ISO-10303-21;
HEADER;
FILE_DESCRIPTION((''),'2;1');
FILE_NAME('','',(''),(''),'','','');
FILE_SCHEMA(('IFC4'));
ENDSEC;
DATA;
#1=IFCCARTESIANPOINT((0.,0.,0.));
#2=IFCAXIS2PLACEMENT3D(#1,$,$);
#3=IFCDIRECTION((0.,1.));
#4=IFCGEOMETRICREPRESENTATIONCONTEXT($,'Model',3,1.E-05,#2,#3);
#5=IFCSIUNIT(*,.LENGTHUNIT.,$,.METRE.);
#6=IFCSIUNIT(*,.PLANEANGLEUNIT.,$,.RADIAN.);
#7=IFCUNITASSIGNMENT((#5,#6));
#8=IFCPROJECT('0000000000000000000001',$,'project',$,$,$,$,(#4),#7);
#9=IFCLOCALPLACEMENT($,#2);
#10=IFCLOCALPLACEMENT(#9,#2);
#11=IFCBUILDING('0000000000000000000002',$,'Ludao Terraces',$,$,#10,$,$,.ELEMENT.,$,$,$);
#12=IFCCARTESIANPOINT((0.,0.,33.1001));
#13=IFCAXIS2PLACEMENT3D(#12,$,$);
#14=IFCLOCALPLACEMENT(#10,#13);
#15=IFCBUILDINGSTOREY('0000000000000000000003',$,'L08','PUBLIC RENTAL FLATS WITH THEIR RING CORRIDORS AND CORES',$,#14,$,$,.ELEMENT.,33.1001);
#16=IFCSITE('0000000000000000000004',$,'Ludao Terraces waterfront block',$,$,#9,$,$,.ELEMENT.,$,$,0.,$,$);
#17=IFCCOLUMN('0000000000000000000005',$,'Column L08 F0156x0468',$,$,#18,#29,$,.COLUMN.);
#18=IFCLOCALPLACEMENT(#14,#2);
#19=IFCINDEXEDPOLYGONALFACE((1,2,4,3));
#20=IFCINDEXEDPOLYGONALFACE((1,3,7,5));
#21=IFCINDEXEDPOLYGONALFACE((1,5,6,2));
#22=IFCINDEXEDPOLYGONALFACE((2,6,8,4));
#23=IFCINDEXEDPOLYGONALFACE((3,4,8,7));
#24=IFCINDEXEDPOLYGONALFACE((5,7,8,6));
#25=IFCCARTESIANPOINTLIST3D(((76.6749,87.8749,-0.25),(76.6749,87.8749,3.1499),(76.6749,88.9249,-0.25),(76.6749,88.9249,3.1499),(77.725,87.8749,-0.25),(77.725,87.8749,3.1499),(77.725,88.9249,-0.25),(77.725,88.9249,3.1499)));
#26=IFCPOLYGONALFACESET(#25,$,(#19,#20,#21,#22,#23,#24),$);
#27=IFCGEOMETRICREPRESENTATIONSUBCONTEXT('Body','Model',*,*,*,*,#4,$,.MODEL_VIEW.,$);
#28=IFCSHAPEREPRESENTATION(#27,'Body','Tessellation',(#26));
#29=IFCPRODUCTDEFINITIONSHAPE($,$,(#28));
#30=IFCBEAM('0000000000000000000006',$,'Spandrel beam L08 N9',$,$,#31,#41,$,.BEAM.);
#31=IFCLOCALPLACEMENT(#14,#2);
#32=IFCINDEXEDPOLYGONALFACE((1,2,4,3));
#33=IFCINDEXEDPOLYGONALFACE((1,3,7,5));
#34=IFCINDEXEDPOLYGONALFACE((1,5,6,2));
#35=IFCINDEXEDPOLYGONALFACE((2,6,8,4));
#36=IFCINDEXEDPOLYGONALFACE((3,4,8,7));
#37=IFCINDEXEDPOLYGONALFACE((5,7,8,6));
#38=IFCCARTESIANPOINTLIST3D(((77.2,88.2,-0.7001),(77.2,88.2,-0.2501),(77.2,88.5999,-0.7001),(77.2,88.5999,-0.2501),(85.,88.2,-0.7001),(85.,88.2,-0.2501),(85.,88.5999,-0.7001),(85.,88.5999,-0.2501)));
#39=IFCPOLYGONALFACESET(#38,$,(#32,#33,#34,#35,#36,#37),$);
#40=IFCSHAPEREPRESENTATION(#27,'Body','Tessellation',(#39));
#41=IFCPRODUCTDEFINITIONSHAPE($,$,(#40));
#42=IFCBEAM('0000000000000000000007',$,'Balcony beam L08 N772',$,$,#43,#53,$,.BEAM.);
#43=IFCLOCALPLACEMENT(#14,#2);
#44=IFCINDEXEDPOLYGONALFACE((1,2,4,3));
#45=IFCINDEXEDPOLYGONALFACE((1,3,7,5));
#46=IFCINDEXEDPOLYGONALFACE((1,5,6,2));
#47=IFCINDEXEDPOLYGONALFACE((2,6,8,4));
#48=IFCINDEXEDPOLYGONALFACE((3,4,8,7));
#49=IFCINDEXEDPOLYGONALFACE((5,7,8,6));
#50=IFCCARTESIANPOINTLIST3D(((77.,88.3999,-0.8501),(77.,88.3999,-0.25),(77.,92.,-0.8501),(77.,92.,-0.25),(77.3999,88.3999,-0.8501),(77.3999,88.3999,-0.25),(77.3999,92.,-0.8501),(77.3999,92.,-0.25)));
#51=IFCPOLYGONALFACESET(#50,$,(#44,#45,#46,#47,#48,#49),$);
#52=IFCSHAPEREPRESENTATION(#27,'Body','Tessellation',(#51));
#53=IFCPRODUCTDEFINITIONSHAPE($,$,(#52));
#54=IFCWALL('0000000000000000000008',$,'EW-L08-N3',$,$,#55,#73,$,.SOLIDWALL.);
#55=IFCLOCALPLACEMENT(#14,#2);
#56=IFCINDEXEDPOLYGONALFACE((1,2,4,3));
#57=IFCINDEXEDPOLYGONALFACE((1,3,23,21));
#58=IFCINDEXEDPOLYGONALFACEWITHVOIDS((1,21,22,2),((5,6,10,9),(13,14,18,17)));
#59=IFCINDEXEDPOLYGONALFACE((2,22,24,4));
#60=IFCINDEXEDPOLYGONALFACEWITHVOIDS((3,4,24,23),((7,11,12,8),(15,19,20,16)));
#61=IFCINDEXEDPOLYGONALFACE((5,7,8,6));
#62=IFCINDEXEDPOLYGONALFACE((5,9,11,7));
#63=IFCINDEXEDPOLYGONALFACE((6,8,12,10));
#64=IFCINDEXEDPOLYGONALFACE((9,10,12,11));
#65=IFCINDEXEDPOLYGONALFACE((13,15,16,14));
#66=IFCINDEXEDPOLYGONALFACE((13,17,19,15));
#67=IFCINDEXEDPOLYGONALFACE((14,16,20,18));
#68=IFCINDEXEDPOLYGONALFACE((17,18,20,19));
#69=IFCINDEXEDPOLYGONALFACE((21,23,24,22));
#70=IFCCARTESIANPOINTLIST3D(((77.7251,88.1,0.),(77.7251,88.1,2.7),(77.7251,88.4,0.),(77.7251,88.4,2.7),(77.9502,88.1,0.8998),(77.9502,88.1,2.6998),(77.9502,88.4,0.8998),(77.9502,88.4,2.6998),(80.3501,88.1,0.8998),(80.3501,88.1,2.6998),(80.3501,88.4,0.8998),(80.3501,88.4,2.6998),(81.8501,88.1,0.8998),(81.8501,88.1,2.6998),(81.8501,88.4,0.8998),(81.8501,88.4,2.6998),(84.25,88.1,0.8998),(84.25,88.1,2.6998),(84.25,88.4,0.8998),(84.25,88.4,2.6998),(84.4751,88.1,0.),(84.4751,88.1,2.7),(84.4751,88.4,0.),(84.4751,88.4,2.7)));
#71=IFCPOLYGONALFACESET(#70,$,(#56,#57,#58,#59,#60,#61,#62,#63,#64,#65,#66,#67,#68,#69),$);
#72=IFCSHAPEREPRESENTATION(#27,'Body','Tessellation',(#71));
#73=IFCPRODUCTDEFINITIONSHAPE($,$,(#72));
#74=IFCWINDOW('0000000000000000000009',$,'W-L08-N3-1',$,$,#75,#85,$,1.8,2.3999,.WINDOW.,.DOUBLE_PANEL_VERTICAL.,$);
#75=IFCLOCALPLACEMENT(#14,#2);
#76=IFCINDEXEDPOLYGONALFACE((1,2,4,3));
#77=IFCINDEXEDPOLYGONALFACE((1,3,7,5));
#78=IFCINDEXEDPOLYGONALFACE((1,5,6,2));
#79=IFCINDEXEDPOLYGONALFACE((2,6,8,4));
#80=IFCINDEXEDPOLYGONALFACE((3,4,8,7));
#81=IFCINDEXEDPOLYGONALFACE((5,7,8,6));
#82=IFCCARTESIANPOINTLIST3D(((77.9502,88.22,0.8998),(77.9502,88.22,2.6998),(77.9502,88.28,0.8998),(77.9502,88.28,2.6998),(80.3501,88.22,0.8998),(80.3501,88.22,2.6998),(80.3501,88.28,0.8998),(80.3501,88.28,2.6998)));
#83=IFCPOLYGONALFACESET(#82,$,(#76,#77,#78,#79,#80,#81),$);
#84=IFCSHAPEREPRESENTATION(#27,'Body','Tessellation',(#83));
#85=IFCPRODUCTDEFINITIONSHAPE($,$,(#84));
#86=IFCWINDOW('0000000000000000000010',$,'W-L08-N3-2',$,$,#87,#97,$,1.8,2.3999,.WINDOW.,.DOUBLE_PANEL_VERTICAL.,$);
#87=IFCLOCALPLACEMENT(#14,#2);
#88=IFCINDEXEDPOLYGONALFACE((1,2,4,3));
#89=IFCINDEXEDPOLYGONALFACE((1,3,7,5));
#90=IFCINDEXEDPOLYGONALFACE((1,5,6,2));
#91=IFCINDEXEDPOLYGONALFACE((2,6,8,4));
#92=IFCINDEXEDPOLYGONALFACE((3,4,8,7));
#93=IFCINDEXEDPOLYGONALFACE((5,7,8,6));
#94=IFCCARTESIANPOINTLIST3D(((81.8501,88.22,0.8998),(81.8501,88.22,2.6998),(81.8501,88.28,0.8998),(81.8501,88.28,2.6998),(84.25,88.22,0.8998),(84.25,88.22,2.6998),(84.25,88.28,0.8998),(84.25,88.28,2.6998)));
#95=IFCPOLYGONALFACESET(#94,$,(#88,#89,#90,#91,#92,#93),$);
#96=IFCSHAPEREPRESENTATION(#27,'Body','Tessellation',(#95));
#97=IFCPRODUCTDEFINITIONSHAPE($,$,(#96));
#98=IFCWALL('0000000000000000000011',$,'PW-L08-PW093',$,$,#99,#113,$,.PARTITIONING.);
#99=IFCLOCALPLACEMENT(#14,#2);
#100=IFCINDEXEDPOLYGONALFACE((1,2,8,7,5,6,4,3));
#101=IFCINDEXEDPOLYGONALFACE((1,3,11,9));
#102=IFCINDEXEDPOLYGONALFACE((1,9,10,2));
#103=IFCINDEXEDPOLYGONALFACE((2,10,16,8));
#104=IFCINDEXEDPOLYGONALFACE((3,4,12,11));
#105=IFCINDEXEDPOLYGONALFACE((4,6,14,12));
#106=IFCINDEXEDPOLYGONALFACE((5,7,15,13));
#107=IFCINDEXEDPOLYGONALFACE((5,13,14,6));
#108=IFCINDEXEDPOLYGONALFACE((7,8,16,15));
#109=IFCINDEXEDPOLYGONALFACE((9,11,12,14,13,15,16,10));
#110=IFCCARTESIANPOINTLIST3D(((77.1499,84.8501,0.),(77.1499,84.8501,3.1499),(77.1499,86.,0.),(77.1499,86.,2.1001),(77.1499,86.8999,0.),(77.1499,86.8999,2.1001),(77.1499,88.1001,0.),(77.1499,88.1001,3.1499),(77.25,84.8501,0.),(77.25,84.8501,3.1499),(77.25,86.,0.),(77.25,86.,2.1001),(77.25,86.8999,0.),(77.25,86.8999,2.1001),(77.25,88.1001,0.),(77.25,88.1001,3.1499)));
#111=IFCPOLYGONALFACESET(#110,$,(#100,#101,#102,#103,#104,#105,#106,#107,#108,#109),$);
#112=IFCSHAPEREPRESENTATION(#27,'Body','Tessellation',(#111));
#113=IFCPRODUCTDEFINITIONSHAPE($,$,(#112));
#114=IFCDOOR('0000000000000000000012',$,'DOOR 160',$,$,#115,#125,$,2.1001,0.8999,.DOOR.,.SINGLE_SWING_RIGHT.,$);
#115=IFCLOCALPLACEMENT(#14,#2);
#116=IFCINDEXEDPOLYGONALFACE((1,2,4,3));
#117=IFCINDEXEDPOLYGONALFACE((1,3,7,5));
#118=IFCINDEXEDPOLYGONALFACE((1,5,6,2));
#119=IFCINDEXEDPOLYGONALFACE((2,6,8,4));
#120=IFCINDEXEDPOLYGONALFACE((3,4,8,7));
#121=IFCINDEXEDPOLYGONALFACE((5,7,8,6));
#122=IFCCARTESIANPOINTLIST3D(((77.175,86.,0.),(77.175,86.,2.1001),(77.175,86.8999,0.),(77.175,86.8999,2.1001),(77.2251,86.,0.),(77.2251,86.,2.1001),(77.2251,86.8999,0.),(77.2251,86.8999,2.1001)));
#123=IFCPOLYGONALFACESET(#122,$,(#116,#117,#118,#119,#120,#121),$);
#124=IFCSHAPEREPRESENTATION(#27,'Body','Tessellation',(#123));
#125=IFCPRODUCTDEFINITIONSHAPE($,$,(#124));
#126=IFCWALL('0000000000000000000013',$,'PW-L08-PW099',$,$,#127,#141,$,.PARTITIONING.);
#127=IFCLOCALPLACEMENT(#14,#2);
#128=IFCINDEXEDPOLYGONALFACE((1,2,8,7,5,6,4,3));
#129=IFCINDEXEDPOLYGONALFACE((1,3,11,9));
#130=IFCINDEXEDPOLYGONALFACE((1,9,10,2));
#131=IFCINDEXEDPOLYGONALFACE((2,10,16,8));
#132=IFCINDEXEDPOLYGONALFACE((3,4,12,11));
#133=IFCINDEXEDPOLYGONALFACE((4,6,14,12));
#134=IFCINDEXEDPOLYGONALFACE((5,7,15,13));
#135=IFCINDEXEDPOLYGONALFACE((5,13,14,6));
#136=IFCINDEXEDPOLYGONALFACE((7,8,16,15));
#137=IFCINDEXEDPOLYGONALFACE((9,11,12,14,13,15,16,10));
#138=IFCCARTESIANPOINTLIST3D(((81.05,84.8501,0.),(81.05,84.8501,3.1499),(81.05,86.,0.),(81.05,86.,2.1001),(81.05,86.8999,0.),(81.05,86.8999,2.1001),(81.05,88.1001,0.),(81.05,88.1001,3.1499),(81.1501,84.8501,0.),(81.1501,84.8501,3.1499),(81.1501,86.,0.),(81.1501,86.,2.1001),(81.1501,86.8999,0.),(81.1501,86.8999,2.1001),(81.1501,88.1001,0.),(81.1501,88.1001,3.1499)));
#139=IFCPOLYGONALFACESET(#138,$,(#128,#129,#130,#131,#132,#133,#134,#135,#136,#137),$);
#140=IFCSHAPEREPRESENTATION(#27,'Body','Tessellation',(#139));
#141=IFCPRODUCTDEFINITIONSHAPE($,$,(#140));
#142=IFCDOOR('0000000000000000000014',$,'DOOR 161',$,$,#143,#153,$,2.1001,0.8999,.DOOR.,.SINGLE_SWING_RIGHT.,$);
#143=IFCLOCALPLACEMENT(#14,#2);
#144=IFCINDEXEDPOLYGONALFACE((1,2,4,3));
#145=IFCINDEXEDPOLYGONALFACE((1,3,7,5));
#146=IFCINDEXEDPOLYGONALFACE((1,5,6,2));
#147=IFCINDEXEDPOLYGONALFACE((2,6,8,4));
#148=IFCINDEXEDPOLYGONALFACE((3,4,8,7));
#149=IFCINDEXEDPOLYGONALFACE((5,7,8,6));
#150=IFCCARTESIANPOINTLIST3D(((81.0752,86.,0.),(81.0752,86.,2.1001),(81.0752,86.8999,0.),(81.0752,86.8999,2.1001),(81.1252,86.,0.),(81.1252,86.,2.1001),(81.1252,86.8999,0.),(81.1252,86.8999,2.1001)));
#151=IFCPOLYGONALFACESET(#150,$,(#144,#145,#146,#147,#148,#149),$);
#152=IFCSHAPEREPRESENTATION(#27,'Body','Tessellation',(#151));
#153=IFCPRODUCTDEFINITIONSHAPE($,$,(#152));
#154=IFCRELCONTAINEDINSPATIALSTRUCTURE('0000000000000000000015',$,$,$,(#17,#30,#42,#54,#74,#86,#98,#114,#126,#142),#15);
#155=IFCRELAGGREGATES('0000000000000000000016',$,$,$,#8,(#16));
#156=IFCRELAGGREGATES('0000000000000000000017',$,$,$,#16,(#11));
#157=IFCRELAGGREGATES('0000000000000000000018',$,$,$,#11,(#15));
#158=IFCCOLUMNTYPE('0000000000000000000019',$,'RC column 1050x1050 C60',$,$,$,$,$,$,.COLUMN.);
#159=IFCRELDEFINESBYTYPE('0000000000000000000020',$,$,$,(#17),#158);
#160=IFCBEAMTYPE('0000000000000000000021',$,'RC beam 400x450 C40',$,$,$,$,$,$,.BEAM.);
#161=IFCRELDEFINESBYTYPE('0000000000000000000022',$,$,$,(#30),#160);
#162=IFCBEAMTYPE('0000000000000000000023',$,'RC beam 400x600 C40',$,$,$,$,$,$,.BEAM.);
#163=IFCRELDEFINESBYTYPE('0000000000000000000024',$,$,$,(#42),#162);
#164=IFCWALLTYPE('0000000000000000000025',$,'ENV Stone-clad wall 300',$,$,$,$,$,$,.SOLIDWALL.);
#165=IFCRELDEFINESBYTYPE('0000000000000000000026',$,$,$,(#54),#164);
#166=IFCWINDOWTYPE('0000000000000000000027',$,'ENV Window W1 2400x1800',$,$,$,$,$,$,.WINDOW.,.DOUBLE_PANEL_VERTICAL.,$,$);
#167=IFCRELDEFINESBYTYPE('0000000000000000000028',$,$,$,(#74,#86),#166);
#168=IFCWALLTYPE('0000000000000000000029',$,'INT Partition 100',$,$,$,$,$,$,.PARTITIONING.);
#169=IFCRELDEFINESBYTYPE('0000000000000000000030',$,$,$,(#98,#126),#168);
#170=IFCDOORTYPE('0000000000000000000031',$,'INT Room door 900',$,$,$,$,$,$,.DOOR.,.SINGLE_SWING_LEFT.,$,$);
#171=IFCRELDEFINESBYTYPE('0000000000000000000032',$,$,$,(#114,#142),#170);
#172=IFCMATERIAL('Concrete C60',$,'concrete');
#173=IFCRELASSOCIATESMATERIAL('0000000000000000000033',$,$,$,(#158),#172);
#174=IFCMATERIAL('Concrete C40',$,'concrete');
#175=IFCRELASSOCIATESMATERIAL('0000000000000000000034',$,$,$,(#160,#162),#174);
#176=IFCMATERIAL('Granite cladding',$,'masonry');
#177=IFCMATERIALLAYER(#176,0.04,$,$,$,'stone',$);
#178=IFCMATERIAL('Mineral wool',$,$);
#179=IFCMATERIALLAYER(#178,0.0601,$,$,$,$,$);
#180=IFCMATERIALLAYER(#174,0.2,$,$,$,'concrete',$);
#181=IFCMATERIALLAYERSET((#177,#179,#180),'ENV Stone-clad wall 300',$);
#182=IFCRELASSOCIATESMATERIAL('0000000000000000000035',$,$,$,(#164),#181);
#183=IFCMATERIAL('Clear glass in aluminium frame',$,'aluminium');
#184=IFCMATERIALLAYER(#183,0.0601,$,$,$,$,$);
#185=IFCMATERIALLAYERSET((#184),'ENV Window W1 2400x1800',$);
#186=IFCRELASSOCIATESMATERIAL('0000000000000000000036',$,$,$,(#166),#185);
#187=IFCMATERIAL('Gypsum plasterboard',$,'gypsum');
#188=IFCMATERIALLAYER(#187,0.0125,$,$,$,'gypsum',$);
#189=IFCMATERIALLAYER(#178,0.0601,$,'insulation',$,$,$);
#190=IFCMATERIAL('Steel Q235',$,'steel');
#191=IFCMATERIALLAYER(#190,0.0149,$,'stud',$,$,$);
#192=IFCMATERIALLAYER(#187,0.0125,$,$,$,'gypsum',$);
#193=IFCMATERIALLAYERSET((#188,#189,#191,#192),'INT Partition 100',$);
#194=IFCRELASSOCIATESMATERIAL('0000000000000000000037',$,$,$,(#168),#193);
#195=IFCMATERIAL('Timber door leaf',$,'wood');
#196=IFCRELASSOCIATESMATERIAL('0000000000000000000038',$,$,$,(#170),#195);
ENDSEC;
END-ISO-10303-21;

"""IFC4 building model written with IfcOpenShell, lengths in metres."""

from ifc_helpers import new_model, si_unit, direction, frame, frame_2d, origin, origin_2d, place, context, subcontext, project, spatial, rectangle, extrude, material, layer, layer_set, material_profile, profile_set, type_object, element, fill, save


model = new_model("IFC4")

# Units and contexts
model_context = context("Model", 3, precision=1e-05, world=origin(), true_north=direction((0.0, 1.0)))
body_context = subcontext(model_context, "Body", "Model", "MODEL_VIEW")
ifc_project = project(units=[si_unit("LENGTHUNIT", "METRE"), si_unit("PLANEANGLEUNIT", "RADIAN")], contexts=[model_context])

# Site, building, storey
site_placement = place(None, origin())
site = spatial("IfcSite", under=ifc_project, at=site_placement, Name="Ludao Terraces waterfront block", CompositionType="ELEMENT", RefElevation=0.0)
building_placement = place(site_placement, origin())
building = spatial("IfcBuilding", under=site, at=building_placement, Name="Ludao Terraces", CompositionType="ELEMENT")
storey_placement = place(building_placement, frame((0.0, 0.0, 33.1001)))
storey = spatial("IfcBuildingStorey", under=building, at=storey_placement, Name="L08", Description="PUBLIC RENTAL FLATS WITH THEIR RING CORRIDORS AND CORES", CompositionType="ELEMENT", Elevation=33.1001)

# Column
ifc_material_1 = material(Name="Concrete C60", Category="concrete")
ifc_material_profile_1 = material_profile(ifc_material_1, rectangle(XDim=1.05, YDim=1.05, at=origin_2d()), Name="1050 X 1050")
ifc_profile_set_1 = profile_set([ifc_material_profile_1], Name="Concrete C60")
column_type = type_object("IfcColumnType", Name="RC column 1050x1050 C60", PredefinedType="COLUMN", material=ifc_profile_set_1)
column_placement = place(storey_placement, frame((77.2, 88.3999, -0.25), z_axis=(0.0, 0.0, 1.0), x_axis=(1.0, 0.0, 0.0)))
element("IfcColumn", 1, at=column_placement, inside=storey, type_object=column_type, Name="Column L08 F0156x0468", PredefinedType="COLUMN", context=body_context, shape_type="SweptSolid", body=[
    extrude(rectangle(XDim=1.05, YDim=1.05, at=origin_2d()), origin(), (0.0, 0.0, 1.0), 3.3999),
])

# Beams
ifc_material_2 = material(Name="Concrete C40", Category="concrete")
ifc_material_profile_2 = material_profile(ifc_material_2, rectangle(XDim=0.3999, YDim=0.45, at=origin_2d()), Name="400 X 450")
ifc_profile_set_2 = profile_set([ifc_material_profile_2], Name="Concrete C40")
beam_type_1 = type_object("IfcBeamType", Name="RC beam 400x450 C40", PredefinedType="BEAM", material=ifc_profile_set_2)
beam_1_placement = place(storey_placement, frame((77.2, 88.3999, -0.4751), z_axis=(1.0, 0.0, 0.0), x_axis=(0.0, 1.0, 0.0)))
element("IfcBeam", 2, at=beam_1_placement, inside=storey, type_object=beam_type_1, Name="Spandrel beam L08 N9", PredefinedType="BEAM", context=body_context, shape_type="SweptSolid", body=[
    extrude(rectangle(XDim=0.3999, YDim=0.45, at=origin_2d()), origin(), (0.0, 0.0, 1.0), 7.8),
])
ifc_material_profile_3 = material_profile(ifc_material_2, rectangle(XDim=0.3999, YDim=0.6001, at=origin_2d()), Name="400 X 600")
ifc_profile_set_3 = profile_set([ifc_material_profile_3], Name="Concrete C40")
beam_type_2 = type_object("IfcBeamType", Name="RC beam 400x600 C40", PredefinedType="BEAM", material=ifc_profile_set_3)
beam_2_placement = place(storey_placement, frame((77.2, 88.3999, -0.55), z_axis=(0.0, 1.0, 0.0), x_axis=(-1.0, 0.0, 0.0)))
element("IfcBeam", 3, at=beam_2_placement, inside=storey, type_object=beam_type_2, Name="Balcony beam L08 N772", PredefinedType="BEAM", context=body_context, shape_type="SweptSolid", body=[
    extrude(rectangle(XDim=0.3999, YDim=0.6001, at=origin_2d()), origin(), (0.0, 0.0, 1.0), 3.6001),
])

# Wall, openings, windows
ifc_material_3 = material(Name="Granite cladding", Category="masonry")
ifc_layer_1 = layer(ifc_material_3, 0.04, Category="stone")
ifc_material_4 = material(Name="Mineral wool")
ifc_layer_2 = layer(ifc_material_4, 0.0601)
ifc_layer_3 = layer(ifc_material_2, 0.2, Category="concrete")
ifc_layer_set_1 = layer_set([ifc_layer_1, ifc_layer_2, ifc_layer_3], Name="ENV Stone-clad wall 300")
wall_type_1 = type_object("IfcWallType", Name="ENV Stone-clad wall 300", PredefinedType="SOLIDWALL", material=ifc_layer_set_1)
wall_1_placement = place(storey_placement, frame((77.7251, 88.25, 0.0), z_axis=(0.0, 0.0, 1.0), x_axis=(1.0, 0.0, 0.0)))
wall_1 = element("IfcWall", 4, at=wall_1_placement, inside=storey, type_object=wall_type_1, Name="EW-L08-N3", PredefinedType="SOLIDWALL", context=body_context, shape_type="SweptSolid", body=[
    extrude(rectangle(XDim=6.75, YDim=0.3, at=frame_2d((3.375, 0.0))), origin(), (0.0, 0.0, 1.0), 2.7),
])
opening_1_placement = place(wall_1_placement, frame((0.2251, 0.0, 0.8999)))
opening_1 = element("IfcOpeningElement", 5, at=opening_1_placement, cuts=wall_1, PredefinedType="OPENING", context=body_context, shape_type="SweptSolid", body=[
    extrude(rectangle(XDim=2.3999, YDim=1.8, at=frame_2d((1.2, 0.8999))), frame((0.0, 0.1602, 0.0), z_axis=(0.0, -1.0, 0.0), x_axis=(1.0, 0.0, 0.0)), (0.0, 0.0, 1.0), 0.3201),
])
opening_2_placement = place(wall_1_placement, frame((4.125, 0.0, 0.8999)))
opening_2 = element("IfcOpeningElement", 6, at=opening_2_placement, cuts=wall_1, PredefinedType="OPENING", context=body_context, shape_type="SweptSolid", body=[
    extrude(rectangle(XDim=2.3999, YDim=1.8, at=frame_2d((1.2, 0.8999))), frame((0.0, 0.1602, 0.0), z_axis=(0.0, -1.0, 0.0), x_axis=(1.0, 0.0, 0.0)), (0.0, 0.0, 1.0), 0.3201),
])
ifc_material_5 = material(Name="Clear glass in aluminium frame", Category="aluminium")
ifc_layer_4 = layer(ifc_material_5, 0.0601)
ifc_layer_set_2 = layer_set([ifc_layer_4], Name="ENV Window W1 2400x1800")
window_type = type_object("IfcWindowType", Name="ENV Window W1 2400x1800", PartitioningType="DOUBLE_PANEL_VERTICAL", PredefinedType="WINDOW", material=ifc_layer_set_2)
window_1_placement = place(opening_1_placement, origin())
window_1 = element("IfcWindow", 7, at=window_1_placement, inside=storey, type_object=window_type, Name="W-L08-N3-1", OverallHeight=1.8, OverallWidth=2.3999, PartitioningType="DOUBLE_PANEL_VERTICAL", PredefinedType="WINDOW", context=body_context, shape_type="SweptSolid", body=[
    extrude(rectangle(XDim=2.3999, YDim=1.8, at=frame_2d((1.2, 0.8999))), frame((0.0, 0.03, 0.0), z_axis=(0.0, -1.0, 0.0), x_axis=(1.0, 0.0, 0.0)), (0.0, 0.0, 1.0), 0.0601),
])
fill(opening_1, window_1)
window_2_placement = place(opening_2_placement, origin())
window_2 = element("IfcWindow", 8, at=window_2_placement, inside=storey, type_object=window_type, Name="W-L08-N3-2", OverallHeight=1.8, OverallWidth=2.3999, PartitioningType="DOUBLE_PANEL_VERTICAL", PredefinedType="WINDOW", context=body_context, shape_type="SweptSolid", body=[
    extrude(rectangle(XDim=2.3999, YDim=1.8, at=frame_2d((1.2, 0.8999))), frame((0.0, 0.03, 0.0), z_axis=(0.0, -1.0, 0.0), x_axis=(1.0, 0.0, 0.0)), (0.0, 0.0, 1.0), 0.0601),
])
fill(opening_2, window_2)

# Walls, openings, doors
ifc_material_6 = material(Name="Gypsum plasterboard", Category="gypsum")
ifc_layer_5 = layer(ifc_material_6, 0.0125, Category="gypsum")
ifc_layer_6 = layer(ifc_material_4, 0.0601, Name="insulation")
ifc_material_7 = material(Name="Steel Q235", Category="steel")
ifc_layer_7 = layer(ifc_material_7, 0.0149, Name="stud")
ifc_layer_8 = layer(ifc_material_6, 0.0125, Category="gypsum")
ifc_layer_set_3 = layer_set([ifc_layer_5, ifc_layer_6, ifc_layer_7, ifc_layer_8], Name="INT Partition 100")
wall_type_2 = type_object("IfcWallType", Name="INT Partition 100", PredefinedType="PARTITIONING", material=ifc_layer_set_3)
wall_2_placement = place(storey_placement, frame((77.2, 84.8501, 0.0), z_axis=(0.0, 0.0, 1.0), x_axis=(0.0, 1.0, 0.0)))
wall_2 = element("IfcWall", 9, at=wall_2_placement, inside=storey, type_object=wall_type_2, Name="PW-L08-PW093", PredefinedType="PARTITIONING", context=body_context, shape_type="SweptSolid", body=[
    extrude(rectangle(XDim=3.25, YDim=0.1001, at=frame_2d((1.625, 0.0))), origin(), (0.0, 0.0, 1.0), 3.1499),
])
opening_3_placement = place(wall_2_placement, frame((1.1499, 0.0, 0.0)))
opening_3 = element("IfcOpeningElement", 10, at=opening_3_placement, cuts=wall_2, PredefinedType="OPENING", context=body_context, shape_type="SweptSolid", body=[
    extrude(rectangle(XDim=0.8999, YDim=2.1001, at=frame_2d((0.45, 1.05))), frame((0.0, 0.0601, 0.0), z_axis=(0.0, -1.0, 0.0), x_axis=(1.0, 0.0, 0.0)), (0.0, 0.0, 1.0), 0.1201),
])
ifc_material_8 = material(Name="Timber door leaf", Category="wood")
door_type_1 = type_object("IfcDoorType", Name="INT Room door 900", OperationType="SINGLE_SWING_LEFT", PredefinedType="DOOR", material=ifc_material_8)
door_1_placement = place(opening_3_placement, origin())
door_1 = element("IfcDoor", 11, at=door_1_placement, inside=storey, type_object=door_type_1, Name="DOOR 160", OperationType="SINGLE_SWING_RIGHT", OverallHeight=2.1001, OverallWidth=0.8999, PredefinedType="DOOR", context=body_context, shape_type="SweptSolid", body=[
    extrude(rectangle(XDim=0.8999, YDim=2.1001, at=frame_2d((0.45, 1.05))), frame((0.0, 0.0249, 0.0), z_axis=(0.0, -1.0, 0.0), x_axis=(1.0, 0.0, 0.0)), (0.0, 0.0, 1.0), 0.05),
])
fill(opening_3, door_1)
wall_3_placement = place(storey_placement, frame((81.1001, 84.8501, 0.0), z_axis=(0.0, 0.0, 1.0), x_axis=(0.0, 1.0, 0.0)))
wall_3 = element("IfcWall", 12, at=wall_3_placement, inside=storey, type_object=wall_type_2, Name="PW-L08-PW099", PredefinedType="PARTITIONING", context=body_context, shape_type="SweptSolid", body=[
    extrude(rectangle(XDim=3.25, YDim=0.1001, at=frame_2d((1.625, 0.0))), origin(), (0.0, 0.0, 1.0), 3.1499),
])
opening_4_placement = place(wall_3_placement, frame((1.1499, 0.0, 0.0)))
opening_4 = element("IfcOpeningElement", 13, at=opening_4_placement, cuts=wall_3, PredefinedType="OPENING", context=body_context, shape_type="SweptSolid", body=[
    extrude(rectangle(XDim=0.8999, YDim=2.1001, at=frame_2d((0.45, 1.05))), frame((0.0, 0.0601, 0.0), z_axis=(0.0, -1.0, 0.0), x_axis=(1.0, 0.0, 0.0)), (0.0, 0.0, 1.0), 0.1201),
])
door_2_placement = place(opening_4_placement, origin())
door_2 = element("IfcDoor", 14, at=door_2_placement, inside=storey, type_object=door_type_1, Name="DOOR 161", OperationType="SINGLE_SWING_RIGHT", OverallHeight=2.1001, OverallWidth=0.8999, PredefinedType="DOOR", context=body_context, shape_type="SweptSolid", body=[
    extrude(rectangle(XDim=0.8999, YDim=2.1001, at=frame_2d((0.45, 1.05))), frame((0.0, 0.0249, 0.0), z_axis=(0.0, -1.0, 0.0), x_axis=(1.0, 0.0, 0.0)), (0.0, 0.0, 1.0), 0.05),
])
fill(opening_4, door_2)

save(model, "model.ifc")
